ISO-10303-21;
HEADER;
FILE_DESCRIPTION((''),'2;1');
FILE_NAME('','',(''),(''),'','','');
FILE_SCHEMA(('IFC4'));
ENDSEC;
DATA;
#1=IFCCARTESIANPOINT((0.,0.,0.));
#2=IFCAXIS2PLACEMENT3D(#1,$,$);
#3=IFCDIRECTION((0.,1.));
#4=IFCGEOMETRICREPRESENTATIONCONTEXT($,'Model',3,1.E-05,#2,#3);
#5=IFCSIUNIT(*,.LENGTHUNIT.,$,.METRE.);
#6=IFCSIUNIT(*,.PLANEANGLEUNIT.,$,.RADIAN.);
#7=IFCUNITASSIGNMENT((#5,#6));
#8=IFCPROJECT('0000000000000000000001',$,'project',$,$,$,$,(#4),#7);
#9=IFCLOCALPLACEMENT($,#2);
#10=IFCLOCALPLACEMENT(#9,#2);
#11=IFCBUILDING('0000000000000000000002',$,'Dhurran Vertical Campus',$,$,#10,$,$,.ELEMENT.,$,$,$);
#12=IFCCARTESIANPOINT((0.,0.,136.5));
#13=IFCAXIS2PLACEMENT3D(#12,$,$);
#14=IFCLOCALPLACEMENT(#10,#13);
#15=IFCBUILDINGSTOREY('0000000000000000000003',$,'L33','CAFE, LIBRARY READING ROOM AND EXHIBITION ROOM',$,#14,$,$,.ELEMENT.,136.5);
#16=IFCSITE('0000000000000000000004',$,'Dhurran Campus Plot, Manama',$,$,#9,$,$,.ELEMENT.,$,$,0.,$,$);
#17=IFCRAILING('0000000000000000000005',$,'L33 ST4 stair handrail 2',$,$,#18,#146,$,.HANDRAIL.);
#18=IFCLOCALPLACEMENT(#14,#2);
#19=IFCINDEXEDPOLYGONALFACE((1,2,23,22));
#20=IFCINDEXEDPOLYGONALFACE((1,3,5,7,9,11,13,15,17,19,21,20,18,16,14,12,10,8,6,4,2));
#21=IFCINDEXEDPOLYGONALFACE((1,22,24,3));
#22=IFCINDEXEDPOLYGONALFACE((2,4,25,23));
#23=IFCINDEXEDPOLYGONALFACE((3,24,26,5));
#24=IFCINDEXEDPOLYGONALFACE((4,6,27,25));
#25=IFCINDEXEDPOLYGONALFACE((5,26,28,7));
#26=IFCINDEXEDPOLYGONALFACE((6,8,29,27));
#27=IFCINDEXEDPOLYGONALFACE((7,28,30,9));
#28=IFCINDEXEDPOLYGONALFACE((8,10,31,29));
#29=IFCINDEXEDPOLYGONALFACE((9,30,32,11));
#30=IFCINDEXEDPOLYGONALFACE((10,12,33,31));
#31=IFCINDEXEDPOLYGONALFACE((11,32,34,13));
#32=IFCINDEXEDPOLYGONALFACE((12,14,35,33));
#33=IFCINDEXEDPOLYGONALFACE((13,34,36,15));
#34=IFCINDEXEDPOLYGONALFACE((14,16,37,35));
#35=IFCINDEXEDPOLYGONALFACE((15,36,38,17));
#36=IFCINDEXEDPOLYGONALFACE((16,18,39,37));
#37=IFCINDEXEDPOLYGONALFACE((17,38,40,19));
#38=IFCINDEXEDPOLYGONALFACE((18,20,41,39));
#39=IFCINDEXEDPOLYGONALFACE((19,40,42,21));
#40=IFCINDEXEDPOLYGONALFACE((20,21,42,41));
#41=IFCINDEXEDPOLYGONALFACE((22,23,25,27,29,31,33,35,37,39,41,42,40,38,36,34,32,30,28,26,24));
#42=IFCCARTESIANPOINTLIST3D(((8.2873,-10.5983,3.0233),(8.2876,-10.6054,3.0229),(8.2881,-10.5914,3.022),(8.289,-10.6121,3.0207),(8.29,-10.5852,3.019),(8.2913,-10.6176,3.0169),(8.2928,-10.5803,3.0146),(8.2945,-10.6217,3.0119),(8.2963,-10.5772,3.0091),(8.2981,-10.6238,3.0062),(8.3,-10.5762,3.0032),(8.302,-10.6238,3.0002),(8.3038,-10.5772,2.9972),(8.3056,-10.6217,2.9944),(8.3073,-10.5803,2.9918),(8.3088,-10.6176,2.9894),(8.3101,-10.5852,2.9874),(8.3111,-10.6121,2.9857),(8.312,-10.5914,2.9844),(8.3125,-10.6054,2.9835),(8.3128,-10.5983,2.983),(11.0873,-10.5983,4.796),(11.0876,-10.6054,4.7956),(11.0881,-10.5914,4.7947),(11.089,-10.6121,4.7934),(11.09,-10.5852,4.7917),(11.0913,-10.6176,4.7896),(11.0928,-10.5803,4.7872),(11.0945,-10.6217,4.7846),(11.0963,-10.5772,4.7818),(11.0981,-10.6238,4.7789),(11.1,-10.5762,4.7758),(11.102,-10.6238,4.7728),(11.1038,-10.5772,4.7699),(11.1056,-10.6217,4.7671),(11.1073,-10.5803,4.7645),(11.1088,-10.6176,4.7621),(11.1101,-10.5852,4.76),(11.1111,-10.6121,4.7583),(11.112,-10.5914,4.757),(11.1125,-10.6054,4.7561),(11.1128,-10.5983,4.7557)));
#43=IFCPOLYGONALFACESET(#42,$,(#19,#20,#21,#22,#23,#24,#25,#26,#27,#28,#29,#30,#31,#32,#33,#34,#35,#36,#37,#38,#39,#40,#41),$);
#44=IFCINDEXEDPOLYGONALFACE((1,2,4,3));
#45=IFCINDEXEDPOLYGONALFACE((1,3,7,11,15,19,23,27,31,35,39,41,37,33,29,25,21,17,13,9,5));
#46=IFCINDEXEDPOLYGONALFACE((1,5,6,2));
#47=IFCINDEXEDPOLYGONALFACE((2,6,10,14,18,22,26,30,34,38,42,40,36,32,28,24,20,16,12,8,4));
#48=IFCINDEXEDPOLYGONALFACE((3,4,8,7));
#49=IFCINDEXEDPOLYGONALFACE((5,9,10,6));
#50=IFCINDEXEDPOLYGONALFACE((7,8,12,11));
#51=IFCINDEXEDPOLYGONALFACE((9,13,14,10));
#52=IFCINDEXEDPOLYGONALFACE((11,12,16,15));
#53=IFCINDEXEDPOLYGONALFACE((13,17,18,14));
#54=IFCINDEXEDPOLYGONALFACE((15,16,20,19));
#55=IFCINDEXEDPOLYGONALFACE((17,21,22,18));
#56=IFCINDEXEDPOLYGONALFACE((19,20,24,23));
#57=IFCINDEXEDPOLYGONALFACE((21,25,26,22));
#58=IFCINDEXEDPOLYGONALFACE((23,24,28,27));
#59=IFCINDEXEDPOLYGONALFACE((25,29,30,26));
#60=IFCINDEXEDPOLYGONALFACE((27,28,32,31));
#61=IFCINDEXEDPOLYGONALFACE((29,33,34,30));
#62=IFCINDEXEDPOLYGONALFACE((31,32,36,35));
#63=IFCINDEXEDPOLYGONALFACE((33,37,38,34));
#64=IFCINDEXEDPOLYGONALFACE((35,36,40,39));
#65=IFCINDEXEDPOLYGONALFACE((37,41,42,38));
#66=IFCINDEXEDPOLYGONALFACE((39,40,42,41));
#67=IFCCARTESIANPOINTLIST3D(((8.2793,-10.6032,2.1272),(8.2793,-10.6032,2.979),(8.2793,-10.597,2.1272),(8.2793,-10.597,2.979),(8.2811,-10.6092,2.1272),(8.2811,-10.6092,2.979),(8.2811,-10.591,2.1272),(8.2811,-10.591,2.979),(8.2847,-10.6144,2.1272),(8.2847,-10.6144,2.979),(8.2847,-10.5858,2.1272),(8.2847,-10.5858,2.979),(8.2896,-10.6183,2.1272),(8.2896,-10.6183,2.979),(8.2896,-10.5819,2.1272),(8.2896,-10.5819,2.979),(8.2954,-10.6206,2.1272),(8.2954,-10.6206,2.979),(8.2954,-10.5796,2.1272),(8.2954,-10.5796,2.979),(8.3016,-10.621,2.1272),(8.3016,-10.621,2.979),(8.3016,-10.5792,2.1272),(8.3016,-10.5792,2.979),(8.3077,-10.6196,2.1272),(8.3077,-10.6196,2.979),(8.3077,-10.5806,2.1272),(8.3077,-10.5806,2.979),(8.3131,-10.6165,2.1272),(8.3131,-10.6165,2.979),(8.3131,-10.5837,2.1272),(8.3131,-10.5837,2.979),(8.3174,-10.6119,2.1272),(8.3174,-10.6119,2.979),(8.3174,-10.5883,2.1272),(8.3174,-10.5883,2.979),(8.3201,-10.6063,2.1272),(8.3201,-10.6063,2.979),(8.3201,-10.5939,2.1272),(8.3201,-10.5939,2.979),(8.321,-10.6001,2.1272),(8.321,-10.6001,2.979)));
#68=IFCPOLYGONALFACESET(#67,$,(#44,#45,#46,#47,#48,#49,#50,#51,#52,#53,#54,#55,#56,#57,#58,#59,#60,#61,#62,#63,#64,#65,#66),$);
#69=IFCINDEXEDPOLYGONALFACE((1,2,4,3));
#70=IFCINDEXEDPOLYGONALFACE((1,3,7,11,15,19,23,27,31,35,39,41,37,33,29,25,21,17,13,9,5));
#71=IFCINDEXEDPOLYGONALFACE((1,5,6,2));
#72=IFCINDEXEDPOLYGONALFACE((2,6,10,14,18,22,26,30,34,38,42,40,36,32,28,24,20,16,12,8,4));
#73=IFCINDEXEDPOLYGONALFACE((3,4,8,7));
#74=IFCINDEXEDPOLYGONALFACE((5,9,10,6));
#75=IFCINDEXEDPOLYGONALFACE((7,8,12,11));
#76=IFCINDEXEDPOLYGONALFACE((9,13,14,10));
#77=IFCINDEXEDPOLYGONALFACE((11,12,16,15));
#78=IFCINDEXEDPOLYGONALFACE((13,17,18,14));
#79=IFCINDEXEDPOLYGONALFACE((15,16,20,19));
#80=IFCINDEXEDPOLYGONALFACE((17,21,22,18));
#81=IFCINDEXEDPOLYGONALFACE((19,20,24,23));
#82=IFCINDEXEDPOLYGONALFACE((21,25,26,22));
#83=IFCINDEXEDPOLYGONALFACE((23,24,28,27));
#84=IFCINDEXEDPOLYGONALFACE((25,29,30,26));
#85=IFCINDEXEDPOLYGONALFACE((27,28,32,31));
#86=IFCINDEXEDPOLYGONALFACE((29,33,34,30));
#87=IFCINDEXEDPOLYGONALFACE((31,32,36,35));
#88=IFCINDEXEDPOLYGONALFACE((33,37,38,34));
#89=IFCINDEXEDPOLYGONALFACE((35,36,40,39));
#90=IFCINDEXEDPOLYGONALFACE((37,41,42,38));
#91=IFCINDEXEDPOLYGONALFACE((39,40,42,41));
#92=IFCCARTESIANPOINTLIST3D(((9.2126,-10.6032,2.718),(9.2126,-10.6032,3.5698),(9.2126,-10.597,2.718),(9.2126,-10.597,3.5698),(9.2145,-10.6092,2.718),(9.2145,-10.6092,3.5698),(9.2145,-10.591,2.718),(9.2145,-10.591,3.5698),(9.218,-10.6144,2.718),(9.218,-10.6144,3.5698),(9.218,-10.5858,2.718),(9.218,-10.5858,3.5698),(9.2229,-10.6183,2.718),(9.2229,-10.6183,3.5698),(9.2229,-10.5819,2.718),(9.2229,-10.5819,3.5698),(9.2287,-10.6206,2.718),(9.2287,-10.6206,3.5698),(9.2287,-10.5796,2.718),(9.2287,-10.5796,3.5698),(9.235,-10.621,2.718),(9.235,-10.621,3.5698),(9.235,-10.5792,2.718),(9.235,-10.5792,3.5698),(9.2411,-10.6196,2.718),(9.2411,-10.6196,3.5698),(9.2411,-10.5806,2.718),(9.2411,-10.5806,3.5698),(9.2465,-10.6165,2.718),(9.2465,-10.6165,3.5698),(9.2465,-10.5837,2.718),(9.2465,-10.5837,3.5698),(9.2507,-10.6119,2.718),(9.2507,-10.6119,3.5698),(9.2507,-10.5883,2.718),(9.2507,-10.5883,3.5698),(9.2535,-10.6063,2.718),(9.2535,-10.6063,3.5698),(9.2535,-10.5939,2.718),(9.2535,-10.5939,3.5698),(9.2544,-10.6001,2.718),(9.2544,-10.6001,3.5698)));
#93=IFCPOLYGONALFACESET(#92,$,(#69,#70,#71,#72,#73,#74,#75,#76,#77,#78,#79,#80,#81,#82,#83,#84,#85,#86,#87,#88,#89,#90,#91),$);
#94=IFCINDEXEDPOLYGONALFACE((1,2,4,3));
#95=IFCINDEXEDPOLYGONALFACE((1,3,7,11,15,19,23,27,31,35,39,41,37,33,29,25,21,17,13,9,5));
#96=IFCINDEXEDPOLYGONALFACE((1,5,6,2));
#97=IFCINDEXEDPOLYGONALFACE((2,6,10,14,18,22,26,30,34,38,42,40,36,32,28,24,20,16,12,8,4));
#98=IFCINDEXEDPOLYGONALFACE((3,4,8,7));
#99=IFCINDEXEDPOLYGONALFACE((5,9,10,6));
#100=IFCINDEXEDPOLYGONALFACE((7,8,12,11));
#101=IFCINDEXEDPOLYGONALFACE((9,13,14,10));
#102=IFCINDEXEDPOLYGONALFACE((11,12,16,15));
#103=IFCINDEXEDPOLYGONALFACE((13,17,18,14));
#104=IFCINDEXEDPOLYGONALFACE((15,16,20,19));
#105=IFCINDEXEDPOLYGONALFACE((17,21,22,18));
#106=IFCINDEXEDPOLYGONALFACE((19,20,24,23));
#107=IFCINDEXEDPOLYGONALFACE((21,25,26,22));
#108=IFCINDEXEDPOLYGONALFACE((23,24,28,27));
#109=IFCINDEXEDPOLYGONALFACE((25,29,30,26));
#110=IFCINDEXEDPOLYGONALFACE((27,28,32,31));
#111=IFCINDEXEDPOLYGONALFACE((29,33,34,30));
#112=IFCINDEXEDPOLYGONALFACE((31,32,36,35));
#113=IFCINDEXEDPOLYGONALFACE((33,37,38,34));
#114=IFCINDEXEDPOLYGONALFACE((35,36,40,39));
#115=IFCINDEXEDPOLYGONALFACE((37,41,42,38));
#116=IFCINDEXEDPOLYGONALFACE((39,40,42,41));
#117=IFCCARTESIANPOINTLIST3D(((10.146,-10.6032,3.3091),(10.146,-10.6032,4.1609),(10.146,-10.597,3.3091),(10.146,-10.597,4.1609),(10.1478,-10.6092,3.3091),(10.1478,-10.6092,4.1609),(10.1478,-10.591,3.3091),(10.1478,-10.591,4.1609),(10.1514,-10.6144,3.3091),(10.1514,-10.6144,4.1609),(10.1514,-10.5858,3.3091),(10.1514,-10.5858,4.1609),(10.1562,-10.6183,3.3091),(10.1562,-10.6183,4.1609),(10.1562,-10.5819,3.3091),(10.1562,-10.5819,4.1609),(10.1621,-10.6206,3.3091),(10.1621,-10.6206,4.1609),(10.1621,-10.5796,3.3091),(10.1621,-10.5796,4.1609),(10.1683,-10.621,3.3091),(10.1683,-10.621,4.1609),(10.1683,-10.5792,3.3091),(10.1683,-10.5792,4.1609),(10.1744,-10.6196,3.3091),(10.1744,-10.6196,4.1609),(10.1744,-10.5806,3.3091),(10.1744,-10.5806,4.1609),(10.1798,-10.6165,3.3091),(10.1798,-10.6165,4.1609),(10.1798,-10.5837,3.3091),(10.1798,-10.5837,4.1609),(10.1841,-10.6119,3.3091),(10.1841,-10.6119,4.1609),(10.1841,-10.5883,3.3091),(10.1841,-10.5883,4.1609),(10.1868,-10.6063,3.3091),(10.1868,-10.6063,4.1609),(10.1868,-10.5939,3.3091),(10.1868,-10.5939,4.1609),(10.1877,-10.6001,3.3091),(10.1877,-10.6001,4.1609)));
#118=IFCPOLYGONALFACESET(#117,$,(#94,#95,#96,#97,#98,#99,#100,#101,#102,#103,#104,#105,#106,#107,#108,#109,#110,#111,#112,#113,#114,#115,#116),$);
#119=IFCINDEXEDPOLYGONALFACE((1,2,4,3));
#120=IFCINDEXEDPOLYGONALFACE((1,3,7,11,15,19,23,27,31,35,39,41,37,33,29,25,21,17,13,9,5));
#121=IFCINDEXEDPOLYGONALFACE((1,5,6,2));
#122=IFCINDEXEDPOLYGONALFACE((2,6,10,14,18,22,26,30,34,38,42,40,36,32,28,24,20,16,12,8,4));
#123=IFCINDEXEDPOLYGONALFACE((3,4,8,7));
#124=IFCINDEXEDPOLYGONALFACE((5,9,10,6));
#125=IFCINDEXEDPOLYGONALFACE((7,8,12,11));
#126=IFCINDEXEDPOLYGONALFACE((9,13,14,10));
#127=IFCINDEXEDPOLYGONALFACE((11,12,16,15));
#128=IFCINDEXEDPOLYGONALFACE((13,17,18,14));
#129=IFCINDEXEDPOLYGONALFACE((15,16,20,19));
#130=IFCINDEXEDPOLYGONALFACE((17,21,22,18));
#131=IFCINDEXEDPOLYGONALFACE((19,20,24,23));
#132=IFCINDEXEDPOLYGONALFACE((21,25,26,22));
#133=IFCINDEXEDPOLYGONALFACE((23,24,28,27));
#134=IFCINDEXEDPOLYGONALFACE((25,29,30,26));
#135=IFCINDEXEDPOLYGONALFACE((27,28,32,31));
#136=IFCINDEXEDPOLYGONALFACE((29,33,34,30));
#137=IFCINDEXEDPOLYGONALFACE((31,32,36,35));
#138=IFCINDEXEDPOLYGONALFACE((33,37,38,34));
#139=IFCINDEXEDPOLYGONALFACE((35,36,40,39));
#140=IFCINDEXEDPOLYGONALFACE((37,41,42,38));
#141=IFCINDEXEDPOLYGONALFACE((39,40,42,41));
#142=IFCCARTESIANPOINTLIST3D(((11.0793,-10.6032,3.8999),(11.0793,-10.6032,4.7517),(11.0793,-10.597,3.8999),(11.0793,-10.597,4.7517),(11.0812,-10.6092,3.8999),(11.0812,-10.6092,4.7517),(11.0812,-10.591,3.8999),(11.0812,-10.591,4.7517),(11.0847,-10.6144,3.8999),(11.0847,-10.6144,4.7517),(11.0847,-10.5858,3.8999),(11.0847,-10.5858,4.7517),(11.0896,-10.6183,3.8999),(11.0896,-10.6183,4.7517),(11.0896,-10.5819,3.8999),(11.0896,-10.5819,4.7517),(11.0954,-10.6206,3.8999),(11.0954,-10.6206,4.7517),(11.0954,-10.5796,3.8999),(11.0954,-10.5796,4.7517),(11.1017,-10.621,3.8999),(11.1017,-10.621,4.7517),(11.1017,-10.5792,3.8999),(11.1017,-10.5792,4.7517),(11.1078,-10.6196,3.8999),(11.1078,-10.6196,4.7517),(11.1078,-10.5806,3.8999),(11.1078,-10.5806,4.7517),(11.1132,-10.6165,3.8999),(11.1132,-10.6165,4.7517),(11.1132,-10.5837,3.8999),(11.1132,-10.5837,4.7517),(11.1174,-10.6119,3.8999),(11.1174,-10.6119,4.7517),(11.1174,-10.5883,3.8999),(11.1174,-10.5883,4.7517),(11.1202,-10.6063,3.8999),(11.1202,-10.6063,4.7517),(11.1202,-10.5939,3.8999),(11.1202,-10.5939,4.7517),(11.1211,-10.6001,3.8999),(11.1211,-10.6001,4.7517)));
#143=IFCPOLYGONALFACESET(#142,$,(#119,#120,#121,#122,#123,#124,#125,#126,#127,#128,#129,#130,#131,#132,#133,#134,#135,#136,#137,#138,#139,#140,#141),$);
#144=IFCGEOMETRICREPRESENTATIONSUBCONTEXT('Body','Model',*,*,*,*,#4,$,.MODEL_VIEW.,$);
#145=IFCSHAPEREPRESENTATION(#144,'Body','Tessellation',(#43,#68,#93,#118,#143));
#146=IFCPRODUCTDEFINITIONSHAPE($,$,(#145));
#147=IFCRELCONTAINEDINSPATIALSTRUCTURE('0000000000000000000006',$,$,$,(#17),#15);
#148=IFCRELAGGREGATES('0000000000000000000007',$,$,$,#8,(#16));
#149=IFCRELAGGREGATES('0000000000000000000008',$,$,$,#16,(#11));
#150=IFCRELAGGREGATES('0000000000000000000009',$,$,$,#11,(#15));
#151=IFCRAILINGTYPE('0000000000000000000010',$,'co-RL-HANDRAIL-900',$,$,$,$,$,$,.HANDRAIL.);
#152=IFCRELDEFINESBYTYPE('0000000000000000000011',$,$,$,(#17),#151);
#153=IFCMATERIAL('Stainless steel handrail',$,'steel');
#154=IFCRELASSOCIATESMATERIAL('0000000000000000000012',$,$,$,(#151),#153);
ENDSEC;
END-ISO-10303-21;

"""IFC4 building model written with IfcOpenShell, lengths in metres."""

from ifc_helpers import new_model, si_unit, direction, frame, origin, origin_2d, place, context, subcontext, project, spatial, circle, extrude, material, type_object, element, save


model = new_model("IFC4")

# Units and contexts
model_context = context("Model", 3, precision=1e-05, world=origin(), true_north=direction((0.0, 1.0)))
body_context = subcontext(model_context, "Body", "Model", "MODEL_VIEW")
ifc_project = project(units=[si_unit("LENGTHUNIT", "METRE"), si_unit("PLANEANGLEUNIT", "RADIAN")], contexts=[model_context])

# Site, building, storey
site_placement = place(None, origin())
site = spatial("IfcSite", under=ifc_project, at=site_placement, Name="Dhurran Campus Plot, Manama", CompositionType="ELEMENT", RefElevation=0.0)
building_placement = place(site_placement, origin())
building = spatial("IfcBuilding", under=site, at=building_placement, Name="Dhurran Vertical Campus", CompositionType="ELEMENT")
storey_placement = place(building_placement, frame((0.0, 0.0, 136.5)))
storey = spatial("IfcBuildingStorey", under=building, at=storey_placement, Name="L33", Description="CAFE, LIBRARY READING ROOM AND EXHIBITION ROOM", CompositionType="ELEMENT", Elevation=136.5)

# Railing
ifc_material_1 = material(Name="Stainless steel handrail", Category="steel")
railing_type_1 = type_object("IfcRailingType", Name="co-RL-HANDRAIL-900", PredefinedType="HANDRAIL", material=ifc_material_1)
railing_1_placement = place(storey_placement, frame((8.3, -10.6001, 2.1272)))
element("IfcRailing", 1, at=railing_1_placement, inside=storey, type_object=railing_type_1, Name="L33 ST4 stair handrail 2", PredefinedType="HANDRAIL", context=body_context, shape_type="SweptSolid", body=[
    extrude(circle(Radius=0.0239, at=origin_2d()), frame((0.0, 0.0, 0.876), z_axis=(0.844909, 0.0, 0.53491), x_axis=(0.0, 1.0, 0.0)), (0.0, 0.0, 1.0), 3.314),
    extrude(circle(Radius=0.021, at=origin_2d()), origin(), (0.0, 0.0, 1.0), 0.8518),
    extrude(circle(Radius=0.021, at=origin_2d()), frame((0.9333, 0.0, 0.5908)), (0.0, 0.0, 1.0), 0.8518),
    extrude(circle(Radius=0.021, at=origin_2d()), frame((1.8667, 0.0, 1.1819)), (0.0, 0.0, 1.0), 0.8518),
    extrude(circle(Radius=0.021, at=origin_2d()), frame((2.8, 0.0, 1.7727)), (0.0, 0.0, 1.0), 0.8518),
])

save(model, "model.ifc")
